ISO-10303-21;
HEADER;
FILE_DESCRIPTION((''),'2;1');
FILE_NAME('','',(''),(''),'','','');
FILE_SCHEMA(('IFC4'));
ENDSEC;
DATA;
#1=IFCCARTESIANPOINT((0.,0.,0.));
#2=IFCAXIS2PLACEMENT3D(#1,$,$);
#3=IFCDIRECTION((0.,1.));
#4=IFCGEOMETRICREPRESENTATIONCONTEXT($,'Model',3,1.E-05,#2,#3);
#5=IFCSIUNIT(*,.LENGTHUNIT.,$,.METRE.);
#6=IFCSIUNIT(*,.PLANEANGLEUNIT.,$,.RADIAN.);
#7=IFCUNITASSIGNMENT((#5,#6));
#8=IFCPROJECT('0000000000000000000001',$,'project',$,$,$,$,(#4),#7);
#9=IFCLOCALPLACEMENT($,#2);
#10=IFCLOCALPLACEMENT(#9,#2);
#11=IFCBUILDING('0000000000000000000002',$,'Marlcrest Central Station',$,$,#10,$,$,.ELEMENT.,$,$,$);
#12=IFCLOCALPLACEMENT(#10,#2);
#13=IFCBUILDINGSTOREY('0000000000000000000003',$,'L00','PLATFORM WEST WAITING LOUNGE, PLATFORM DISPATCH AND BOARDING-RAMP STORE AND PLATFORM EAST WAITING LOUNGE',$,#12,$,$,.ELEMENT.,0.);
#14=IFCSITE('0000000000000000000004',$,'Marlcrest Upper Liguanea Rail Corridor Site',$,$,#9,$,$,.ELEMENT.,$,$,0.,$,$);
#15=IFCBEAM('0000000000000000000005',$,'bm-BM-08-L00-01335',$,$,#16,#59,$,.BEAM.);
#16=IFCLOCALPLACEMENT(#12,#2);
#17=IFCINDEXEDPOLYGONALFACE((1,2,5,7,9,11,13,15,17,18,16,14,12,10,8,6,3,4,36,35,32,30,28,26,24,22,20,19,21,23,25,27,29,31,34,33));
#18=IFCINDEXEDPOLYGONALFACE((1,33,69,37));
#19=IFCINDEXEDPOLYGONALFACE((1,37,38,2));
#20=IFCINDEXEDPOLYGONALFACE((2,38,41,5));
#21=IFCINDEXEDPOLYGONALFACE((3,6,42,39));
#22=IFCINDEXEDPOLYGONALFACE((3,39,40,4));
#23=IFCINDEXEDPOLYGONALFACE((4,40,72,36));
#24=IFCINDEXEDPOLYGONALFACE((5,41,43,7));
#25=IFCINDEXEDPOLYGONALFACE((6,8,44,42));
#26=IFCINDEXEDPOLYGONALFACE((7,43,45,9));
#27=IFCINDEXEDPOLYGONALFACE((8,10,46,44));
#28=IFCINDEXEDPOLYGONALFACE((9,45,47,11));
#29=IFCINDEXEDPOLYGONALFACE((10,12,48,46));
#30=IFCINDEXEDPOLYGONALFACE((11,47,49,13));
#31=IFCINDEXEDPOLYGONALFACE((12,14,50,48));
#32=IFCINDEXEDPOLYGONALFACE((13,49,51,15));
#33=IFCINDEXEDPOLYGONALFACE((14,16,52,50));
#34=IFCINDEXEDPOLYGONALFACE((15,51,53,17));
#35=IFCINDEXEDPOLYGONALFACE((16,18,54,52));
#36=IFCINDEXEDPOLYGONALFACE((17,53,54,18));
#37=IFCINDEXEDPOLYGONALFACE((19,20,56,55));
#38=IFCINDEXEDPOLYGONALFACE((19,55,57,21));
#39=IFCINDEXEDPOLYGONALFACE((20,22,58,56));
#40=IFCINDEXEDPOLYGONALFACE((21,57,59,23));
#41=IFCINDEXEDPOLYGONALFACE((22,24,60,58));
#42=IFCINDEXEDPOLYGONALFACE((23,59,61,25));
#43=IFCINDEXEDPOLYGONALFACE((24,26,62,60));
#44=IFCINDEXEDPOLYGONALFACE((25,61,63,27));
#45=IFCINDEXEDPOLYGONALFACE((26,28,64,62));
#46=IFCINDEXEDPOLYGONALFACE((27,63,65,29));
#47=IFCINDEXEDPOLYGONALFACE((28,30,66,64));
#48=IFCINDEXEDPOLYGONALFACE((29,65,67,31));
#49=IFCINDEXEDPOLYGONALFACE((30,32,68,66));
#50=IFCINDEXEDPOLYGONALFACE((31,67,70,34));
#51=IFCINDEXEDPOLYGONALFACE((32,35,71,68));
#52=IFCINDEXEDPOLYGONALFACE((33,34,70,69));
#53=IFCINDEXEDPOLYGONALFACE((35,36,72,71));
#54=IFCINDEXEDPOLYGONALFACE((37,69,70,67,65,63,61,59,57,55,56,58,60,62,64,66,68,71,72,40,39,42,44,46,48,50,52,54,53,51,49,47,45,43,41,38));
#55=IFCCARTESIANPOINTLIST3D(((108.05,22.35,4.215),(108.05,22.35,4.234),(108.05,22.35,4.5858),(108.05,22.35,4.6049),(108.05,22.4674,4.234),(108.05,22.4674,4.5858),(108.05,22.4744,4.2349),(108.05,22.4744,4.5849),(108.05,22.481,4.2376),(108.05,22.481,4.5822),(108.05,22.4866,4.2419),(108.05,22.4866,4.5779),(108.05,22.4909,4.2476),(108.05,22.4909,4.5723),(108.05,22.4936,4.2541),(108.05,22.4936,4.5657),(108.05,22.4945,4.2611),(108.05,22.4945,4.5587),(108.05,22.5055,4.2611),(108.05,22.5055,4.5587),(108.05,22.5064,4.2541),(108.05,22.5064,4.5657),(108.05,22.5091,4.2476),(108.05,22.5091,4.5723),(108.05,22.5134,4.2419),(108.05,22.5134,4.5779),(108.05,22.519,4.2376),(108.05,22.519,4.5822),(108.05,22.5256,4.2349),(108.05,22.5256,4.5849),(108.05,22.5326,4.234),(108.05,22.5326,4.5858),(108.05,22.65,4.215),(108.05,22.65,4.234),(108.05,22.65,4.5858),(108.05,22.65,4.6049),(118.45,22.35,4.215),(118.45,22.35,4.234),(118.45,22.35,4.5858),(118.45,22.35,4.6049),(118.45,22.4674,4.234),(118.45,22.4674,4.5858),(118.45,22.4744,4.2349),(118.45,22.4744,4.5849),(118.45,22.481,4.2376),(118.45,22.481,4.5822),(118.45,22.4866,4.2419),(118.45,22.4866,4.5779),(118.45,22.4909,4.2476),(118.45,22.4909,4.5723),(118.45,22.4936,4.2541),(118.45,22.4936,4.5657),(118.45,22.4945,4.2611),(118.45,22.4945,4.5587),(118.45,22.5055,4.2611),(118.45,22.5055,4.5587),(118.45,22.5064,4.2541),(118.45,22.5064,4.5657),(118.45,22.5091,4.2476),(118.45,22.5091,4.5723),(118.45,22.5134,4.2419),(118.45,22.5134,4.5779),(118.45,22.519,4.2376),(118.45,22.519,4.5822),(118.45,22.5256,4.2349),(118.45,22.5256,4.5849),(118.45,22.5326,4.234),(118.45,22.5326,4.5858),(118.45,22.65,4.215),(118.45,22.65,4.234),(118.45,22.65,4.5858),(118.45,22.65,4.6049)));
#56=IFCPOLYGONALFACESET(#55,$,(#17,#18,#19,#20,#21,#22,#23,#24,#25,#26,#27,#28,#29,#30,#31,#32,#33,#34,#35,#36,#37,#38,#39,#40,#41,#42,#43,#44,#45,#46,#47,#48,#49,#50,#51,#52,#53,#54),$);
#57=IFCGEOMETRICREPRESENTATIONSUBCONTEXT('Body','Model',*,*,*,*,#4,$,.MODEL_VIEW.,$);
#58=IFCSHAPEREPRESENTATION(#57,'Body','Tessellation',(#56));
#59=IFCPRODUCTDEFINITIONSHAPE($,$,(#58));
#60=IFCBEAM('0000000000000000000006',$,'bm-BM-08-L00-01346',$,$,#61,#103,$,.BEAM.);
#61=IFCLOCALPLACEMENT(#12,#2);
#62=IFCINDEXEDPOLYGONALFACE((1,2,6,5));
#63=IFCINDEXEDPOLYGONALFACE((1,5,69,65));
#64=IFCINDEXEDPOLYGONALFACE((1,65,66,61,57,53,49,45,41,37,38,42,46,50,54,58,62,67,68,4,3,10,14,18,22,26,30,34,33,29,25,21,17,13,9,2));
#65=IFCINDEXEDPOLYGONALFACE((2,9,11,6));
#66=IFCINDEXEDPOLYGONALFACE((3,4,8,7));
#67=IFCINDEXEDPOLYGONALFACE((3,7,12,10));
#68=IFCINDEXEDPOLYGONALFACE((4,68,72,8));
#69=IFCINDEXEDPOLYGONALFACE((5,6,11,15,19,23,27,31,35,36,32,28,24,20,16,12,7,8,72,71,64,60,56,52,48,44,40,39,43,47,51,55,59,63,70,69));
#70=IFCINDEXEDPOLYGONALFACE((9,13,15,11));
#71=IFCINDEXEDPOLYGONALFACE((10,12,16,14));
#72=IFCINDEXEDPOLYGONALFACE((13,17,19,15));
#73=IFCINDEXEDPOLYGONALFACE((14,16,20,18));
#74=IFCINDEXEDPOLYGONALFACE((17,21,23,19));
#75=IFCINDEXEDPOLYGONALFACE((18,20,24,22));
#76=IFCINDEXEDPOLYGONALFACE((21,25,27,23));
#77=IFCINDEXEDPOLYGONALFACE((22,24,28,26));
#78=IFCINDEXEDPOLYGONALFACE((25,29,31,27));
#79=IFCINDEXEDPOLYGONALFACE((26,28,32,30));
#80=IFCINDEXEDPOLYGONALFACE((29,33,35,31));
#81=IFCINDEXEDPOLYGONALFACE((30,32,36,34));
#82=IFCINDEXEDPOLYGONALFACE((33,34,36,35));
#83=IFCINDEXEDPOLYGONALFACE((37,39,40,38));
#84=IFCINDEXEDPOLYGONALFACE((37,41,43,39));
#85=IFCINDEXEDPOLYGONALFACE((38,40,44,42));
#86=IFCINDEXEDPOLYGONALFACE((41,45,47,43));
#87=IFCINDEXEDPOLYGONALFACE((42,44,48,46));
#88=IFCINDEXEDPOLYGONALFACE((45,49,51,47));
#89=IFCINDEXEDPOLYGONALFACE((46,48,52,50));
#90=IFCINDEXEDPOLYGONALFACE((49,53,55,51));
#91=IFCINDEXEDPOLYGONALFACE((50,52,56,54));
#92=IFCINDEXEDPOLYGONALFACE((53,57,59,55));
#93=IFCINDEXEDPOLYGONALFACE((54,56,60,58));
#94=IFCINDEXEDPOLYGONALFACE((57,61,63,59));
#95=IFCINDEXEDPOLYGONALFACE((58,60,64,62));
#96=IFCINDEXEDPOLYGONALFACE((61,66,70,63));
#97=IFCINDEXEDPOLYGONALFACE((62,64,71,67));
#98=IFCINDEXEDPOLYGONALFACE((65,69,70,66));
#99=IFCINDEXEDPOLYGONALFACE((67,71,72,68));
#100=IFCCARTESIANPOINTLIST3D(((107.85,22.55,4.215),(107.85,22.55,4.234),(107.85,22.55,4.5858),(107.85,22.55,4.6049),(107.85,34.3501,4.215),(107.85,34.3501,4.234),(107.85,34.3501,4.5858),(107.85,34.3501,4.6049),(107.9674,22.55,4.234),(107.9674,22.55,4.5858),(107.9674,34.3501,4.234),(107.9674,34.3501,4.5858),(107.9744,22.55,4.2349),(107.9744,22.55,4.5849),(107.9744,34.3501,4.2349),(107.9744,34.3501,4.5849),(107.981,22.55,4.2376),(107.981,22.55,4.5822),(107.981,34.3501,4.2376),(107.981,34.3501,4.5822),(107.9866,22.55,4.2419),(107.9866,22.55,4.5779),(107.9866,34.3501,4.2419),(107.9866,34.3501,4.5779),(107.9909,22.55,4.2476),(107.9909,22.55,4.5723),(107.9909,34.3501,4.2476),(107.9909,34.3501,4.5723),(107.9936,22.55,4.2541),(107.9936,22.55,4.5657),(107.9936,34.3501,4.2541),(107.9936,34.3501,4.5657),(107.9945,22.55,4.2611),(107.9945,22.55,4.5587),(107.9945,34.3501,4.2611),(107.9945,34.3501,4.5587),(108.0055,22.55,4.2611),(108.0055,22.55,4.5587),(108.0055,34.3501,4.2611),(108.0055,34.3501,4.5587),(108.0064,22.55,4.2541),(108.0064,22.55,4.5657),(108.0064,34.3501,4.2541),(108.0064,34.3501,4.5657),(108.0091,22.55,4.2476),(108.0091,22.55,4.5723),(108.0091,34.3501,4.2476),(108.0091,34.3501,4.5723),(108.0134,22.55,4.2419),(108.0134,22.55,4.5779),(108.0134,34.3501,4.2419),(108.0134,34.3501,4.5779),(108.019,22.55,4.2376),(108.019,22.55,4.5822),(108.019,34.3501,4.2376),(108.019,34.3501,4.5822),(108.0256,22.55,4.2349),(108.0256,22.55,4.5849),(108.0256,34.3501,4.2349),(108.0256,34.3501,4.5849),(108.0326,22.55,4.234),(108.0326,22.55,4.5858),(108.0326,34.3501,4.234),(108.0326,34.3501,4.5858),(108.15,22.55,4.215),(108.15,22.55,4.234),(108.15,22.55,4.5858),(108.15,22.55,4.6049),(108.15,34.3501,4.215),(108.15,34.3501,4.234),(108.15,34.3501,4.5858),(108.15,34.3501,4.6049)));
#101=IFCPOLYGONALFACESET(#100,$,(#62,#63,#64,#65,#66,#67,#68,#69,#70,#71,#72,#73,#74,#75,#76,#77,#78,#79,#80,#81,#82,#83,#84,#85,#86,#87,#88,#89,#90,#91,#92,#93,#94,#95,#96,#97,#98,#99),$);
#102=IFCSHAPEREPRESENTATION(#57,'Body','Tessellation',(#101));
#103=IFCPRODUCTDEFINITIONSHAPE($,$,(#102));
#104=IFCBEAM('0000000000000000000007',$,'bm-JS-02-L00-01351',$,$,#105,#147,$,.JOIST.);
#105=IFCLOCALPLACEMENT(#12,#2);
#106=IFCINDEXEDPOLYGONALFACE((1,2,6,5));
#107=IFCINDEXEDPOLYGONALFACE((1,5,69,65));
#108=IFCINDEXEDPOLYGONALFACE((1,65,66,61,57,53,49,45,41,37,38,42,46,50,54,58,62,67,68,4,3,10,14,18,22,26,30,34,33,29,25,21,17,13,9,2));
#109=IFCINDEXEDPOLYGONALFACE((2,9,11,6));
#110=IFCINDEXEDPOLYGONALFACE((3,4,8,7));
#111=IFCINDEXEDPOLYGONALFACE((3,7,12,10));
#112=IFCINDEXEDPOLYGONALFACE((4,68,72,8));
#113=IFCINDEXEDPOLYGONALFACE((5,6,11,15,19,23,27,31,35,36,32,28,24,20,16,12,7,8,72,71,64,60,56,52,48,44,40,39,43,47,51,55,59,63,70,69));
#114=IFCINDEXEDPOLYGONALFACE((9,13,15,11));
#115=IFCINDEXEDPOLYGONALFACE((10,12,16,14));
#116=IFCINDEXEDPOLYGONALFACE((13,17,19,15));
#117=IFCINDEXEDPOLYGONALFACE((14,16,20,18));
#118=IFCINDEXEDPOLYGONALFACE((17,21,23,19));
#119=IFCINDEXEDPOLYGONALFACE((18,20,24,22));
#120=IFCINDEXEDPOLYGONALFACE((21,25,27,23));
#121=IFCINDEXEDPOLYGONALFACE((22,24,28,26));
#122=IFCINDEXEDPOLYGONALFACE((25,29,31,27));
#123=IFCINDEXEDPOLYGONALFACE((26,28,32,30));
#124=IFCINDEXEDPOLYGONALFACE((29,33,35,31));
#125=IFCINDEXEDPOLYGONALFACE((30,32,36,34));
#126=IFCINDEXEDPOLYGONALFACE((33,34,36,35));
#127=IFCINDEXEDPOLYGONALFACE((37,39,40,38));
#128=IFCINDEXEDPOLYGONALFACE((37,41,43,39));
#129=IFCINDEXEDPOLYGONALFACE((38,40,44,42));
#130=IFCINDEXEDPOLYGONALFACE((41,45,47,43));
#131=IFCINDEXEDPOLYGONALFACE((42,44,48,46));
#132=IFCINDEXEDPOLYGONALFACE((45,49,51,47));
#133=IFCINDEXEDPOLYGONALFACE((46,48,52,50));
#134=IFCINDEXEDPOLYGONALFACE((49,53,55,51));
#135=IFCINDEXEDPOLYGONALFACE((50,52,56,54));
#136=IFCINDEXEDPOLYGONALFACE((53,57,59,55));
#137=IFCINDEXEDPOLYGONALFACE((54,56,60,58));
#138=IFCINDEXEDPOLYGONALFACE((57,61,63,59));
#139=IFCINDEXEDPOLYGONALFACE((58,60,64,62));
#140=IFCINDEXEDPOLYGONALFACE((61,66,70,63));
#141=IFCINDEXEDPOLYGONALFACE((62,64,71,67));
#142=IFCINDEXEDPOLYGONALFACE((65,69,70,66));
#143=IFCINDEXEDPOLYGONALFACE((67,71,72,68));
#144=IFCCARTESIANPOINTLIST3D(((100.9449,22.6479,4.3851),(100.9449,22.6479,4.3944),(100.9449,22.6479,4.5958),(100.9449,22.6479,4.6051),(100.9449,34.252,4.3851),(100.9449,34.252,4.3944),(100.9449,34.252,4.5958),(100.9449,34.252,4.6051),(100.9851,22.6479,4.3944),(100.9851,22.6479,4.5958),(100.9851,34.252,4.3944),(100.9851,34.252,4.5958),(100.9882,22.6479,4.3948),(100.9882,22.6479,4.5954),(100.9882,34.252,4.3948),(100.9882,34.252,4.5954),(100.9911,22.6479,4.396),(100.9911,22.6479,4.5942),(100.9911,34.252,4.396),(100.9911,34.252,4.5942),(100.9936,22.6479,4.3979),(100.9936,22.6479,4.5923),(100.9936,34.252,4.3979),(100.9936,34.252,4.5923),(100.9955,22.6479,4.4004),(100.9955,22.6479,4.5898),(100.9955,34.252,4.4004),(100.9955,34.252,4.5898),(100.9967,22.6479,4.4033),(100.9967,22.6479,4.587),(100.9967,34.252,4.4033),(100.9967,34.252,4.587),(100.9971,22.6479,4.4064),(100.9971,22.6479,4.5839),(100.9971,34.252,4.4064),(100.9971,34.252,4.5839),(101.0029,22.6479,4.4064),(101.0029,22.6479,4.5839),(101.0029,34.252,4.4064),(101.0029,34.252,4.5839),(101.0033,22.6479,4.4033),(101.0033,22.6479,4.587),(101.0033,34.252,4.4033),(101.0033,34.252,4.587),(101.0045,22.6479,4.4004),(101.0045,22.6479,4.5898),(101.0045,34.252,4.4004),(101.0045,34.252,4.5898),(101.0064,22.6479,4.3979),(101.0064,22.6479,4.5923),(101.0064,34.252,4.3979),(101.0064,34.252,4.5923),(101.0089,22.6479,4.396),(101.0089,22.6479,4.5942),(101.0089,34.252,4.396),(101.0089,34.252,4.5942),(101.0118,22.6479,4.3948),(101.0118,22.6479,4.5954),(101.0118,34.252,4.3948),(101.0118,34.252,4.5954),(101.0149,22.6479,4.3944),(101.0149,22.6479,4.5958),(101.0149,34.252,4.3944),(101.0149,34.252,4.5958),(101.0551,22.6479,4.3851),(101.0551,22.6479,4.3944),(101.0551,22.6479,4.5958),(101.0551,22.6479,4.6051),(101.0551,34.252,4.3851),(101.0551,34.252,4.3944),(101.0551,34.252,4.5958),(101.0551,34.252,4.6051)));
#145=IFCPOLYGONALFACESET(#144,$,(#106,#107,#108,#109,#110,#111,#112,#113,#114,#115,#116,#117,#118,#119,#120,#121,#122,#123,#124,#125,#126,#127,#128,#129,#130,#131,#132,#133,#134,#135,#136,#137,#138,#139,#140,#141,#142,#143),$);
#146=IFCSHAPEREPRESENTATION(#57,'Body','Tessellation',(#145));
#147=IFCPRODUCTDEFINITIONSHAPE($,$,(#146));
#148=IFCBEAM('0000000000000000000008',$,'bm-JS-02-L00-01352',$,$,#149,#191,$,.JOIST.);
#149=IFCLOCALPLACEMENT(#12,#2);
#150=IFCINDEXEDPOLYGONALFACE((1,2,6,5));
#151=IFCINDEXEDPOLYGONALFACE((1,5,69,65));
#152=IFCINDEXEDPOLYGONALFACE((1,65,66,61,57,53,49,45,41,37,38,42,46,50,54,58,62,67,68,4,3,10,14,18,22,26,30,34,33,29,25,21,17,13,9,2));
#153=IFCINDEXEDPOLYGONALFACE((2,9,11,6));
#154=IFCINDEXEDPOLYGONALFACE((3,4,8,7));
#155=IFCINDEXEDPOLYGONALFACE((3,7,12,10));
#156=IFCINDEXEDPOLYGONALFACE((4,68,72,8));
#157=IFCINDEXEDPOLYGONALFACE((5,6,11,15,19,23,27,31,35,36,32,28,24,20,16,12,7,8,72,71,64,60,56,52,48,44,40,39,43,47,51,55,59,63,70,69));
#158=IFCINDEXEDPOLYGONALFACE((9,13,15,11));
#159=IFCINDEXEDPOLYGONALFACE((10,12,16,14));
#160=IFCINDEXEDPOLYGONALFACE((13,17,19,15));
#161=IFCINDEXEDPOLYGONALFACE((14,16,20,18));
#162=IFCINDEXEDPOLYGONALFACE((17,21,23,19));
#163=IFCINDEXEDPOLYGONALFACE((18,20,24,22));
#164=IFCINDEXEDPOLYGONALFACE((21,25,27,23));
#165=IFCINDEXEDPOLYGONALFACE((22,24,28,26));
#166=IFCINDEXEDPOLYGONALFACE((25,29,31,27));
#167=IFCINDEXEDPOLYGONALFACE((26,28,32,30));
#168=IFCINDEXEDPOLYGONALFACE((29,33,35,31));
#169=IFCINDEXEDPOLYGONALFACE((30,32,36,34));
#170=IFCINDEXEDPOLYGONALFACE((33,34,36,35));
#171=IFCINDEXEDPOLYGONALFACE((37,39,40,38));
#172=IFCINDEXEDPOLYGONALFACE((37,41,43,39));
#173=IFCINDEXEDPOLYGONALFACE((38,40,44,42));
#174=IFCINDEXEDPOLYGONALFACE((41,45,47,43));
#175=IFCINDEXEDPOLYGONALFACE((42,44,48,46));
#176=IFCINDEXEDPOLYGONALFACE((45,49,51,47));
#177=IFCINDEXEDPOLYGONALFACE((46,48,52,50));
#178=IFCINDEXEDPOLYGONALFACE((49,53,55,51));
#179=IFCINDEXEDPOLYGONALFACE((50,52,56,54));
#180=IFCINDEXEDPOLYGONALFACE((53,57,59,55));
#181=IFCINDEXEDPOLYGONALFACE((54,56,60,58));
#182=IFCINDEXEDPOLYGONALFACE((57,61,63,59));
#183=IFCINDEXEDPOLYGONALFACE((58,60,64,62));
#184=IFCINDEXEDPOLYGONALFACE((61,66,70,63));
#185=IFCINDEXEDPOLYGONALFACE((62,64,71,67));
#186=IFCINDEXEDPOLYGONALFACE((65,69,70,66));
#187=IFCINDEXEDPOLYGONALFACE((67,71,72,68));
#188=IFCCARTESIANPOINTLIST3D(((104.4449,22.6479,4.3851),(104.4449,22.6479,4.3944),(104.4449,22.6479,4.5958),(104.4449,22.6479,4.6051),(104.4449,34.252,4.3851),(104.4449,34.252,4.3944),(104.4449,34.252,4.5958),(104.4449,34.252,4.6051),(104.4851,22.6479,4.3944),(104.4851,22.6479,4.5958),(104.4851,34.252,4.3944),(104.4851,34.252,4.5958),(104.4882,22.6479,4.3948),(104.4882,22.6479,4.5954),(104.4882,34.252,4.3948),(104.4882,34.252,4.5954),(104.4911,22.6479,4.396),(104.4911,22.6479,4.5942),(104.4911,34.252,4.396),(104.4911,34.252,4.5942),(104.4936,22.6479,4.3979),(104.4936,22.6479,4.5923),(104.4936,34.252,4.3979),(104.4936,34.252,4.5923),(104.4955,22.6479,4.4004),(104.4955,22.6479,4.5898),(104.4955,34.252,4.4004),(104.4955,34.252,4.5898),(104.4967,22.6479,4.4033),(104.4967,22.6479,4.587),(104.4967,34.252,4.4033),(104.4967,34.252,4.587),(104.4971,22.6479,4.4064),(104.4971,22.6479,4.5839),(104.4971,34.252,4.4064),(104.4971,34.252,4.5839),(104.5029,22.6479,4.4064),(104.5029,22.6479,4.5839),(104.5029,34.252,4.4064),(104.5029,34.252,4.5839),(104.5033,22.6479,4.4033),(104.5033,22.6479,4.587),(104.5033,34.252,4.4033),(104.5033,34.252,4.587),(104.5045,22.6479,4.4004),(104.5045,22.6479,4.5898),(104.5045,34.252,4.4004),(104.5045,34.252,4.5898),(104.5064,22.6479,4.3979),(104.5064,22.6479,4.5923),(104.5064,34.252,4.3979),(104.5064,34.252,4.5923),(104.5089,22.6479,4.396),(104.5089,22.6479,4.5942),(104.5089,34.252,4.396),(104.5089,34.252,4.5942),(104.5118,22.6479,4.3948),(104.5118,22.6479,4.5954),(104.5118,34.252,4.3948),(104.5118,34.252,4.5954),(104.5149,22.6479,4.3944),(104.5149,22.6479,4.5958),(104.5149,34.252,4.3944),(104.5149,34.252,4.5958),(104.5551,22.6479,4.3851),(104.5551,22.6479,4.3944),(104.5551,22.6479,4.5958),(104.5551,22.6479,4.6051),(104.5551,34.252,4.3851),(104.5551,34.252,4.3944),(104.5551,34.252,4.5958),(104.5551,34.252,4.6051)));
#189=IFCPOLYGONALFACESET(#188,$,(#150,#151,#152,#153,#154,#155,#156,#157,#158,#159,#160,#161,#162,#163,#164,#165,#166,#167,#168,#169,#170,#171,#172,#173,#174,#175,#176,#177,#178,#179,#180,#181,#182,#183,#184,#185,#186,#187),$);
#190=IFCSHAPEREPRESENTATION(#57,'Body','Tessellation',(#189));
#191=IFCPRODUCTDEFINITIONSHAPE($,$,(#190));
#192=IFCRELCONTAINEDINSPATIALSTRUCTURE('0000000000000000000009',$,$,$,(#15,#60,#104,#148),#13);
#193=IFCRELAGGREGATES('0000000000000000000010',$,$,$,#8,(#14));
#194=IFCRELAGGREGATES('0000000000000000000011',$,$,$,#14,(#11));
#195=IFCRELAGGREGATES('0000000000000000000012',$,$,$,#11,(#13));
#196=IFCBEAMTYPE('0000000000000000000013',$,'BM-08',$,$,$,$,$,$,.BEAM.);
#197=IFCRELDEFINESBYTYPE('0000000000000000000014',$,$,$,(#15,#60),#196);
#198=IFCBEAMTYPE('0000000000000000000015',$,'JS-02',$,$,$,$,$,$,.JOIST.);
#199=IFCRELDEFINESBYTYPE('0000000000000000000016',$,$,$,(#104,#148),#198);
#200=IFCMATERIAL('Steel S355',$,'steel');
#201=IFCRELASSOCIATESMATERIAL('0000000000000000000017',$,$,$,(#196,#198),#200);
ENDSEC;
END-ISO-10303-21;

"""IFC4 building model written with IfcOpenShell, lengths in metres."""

from ifc_helpers import new_model, si_unit, direction, frame, origin, origin_2d, place, context, subcontext, project, spatial, i_section, extrude, material, material_profile, profile_set, type_object, element, save


model = new_model("IFC4")

# Units and contexts
model_context = context("Model", 3, precision=1e-05, world=origin(), true_north=direction((0.0, 1.0)))
body_context = subcontext(model_context, "Body", "Model", "MODEL_VIEW")
ifc_project = project(units=[si_unit("LENGTHUNIT", "METRE"), si_unit("PLANEANGLEUNIT", "RADIAN")], contexts=[model_context])

# Site, building, storey
site_placement = place(None, origin())
site = spatial("IfcSite", under=ifc_project, at=site_placement, Name="Marlcrest Upper Liguanea Rail Corridor Site", CompositionType="ELEMENT", RefElevation=0.0)
building_placement = place(site_placement, origin())
building = spatial("IfcBuilding", under=site, at=building_placement, Name="Marlcrest Central Station", CompositionType="ELEMENT")
storey_placement = place(building_placement, origin())
storey = spatial("IfcBuildingStorey", under=building, at=storey_placement, Name="L00", Description="PLATFORM WEST WAITING LOUNGE, PLATFORM DISPATCH AND BOARDING-RAMP STORE AND PLATFORM EAST WAITING LOUNGE", CompositionType="ELEMENT", Elevation=0.0)

# Shared definitions
ifc_material_1 = material(Name="Steel S355", Category="steel")

# Beams
ifc_material_profile_1 = material_profile(ifc_material_1, i_section(OverallWidth=0.3, OverallDepth=0.3899, WebThickness=0.011, FlangeThickness=0.019, FilletRadius=0.0271, at=origin_2d()), Name="HEA 400")
ifc_profile_set_1 = profile_set([ifc_material_profile_1], Name="Steel S355")
beam_type_1 = type_object("IfcBeamType", Name="BM-08", PredefinedType="BEAM", material=ifc_profile_set_1)
beam_1_placement = place(storey_placement, frame((108.05, 22.5, 4.4099), z_axis=(1.0, 0.0, 0.0), x_axis=(0.0, 1.0, 0.0)))
element("IfcBeam", 1, at=beam_1_placement, inside=storey, type_object=beam_type_1, Name="bm-BM-08-L00-01335", PredefinedType="BEAM", context=body_context, shape_type="SweptSolid", body=[
    extrude(i_section(OverallWidth=0.3, OverallDepth=0.3899, WebThickness=0.011, FlangeThickness=0.019, FilletRadius=0.0271, at=origin_2d()), origin(), (0.0, 0.0, 1.0), 10.3999),
])
beam_2_placement = place(storey_placement, frame((108.0, 22.55, 4.4099), z_axis=(0.0, 1.0, 0.0), x_axis=(-1.0, 0.0, 0.0)))
element("IfcBeam", 2, at=beam_2_placement, inside=storey, type_object=beam_type_1, Name="bm-BM-08-L00-01346", PredefinedType="BEAM", context=body_context, shape_type="SweptSolid", body=[
    extrude(i_section(OverallWidth=0.3, OverallDepth=0.3899, WebThickness=0.011, FlangeThickness=0.019, FilletRadius=0.0271, at=origin_2d()), origin(), (0.0, 0.0, 1.0), 11.8),
])
ifc_material_profile_2 = material_profile(ifc_material_1, i_section(OverallWidth=0.1101, OverallDepth=0.22, WebThickness=0.0059, FlangeThickness=0.0093, FilletRadius=0.012, at=origin_2d()), Name="IPE 220")
ifc_profile_set_2 = profile_set([ifc_material_profile_2], Name="Steel S355")
beam_type_2 = type_object("IfcBeamType", Name="JS-02", PredefinedType="JOIST", material=ifc_profile_set_2)
for number, where, z_axis, x_axis, name in (
    (3, (101.0, 22.6479, 4.4951), (0.0, 1.0, 0.0), (-1.0, 0.0, 0.0), "bm-JS-02-L00-01351"),
    (4, (104.5, 22.6479, 4.4951), (0.0, 1.0, 0.0), (-1.0, 0.0, 0.0), "bm-JS-02-L00-01352"),
):
    element("IfcBeam", number, at=place(storey_placement, frame(where, z_axis=z_axis, x_axis=x_axis)), inside=storey, type_object=beam_type_2, Name=name, PredefinedType="JOIST", context=body_context, shape_type="SweptSolid", body=[
        extrude(i_section(OverallWidth=0.1101, OverallDepth=0.22, WebThickness=0.0059, FlangeThickness=0.0093, FilletRadius=0.012, at=origin_2d()), origin(), (0.0, 0.0, 1.0), 11.604),
    ])

save(model, "model.ifc")
